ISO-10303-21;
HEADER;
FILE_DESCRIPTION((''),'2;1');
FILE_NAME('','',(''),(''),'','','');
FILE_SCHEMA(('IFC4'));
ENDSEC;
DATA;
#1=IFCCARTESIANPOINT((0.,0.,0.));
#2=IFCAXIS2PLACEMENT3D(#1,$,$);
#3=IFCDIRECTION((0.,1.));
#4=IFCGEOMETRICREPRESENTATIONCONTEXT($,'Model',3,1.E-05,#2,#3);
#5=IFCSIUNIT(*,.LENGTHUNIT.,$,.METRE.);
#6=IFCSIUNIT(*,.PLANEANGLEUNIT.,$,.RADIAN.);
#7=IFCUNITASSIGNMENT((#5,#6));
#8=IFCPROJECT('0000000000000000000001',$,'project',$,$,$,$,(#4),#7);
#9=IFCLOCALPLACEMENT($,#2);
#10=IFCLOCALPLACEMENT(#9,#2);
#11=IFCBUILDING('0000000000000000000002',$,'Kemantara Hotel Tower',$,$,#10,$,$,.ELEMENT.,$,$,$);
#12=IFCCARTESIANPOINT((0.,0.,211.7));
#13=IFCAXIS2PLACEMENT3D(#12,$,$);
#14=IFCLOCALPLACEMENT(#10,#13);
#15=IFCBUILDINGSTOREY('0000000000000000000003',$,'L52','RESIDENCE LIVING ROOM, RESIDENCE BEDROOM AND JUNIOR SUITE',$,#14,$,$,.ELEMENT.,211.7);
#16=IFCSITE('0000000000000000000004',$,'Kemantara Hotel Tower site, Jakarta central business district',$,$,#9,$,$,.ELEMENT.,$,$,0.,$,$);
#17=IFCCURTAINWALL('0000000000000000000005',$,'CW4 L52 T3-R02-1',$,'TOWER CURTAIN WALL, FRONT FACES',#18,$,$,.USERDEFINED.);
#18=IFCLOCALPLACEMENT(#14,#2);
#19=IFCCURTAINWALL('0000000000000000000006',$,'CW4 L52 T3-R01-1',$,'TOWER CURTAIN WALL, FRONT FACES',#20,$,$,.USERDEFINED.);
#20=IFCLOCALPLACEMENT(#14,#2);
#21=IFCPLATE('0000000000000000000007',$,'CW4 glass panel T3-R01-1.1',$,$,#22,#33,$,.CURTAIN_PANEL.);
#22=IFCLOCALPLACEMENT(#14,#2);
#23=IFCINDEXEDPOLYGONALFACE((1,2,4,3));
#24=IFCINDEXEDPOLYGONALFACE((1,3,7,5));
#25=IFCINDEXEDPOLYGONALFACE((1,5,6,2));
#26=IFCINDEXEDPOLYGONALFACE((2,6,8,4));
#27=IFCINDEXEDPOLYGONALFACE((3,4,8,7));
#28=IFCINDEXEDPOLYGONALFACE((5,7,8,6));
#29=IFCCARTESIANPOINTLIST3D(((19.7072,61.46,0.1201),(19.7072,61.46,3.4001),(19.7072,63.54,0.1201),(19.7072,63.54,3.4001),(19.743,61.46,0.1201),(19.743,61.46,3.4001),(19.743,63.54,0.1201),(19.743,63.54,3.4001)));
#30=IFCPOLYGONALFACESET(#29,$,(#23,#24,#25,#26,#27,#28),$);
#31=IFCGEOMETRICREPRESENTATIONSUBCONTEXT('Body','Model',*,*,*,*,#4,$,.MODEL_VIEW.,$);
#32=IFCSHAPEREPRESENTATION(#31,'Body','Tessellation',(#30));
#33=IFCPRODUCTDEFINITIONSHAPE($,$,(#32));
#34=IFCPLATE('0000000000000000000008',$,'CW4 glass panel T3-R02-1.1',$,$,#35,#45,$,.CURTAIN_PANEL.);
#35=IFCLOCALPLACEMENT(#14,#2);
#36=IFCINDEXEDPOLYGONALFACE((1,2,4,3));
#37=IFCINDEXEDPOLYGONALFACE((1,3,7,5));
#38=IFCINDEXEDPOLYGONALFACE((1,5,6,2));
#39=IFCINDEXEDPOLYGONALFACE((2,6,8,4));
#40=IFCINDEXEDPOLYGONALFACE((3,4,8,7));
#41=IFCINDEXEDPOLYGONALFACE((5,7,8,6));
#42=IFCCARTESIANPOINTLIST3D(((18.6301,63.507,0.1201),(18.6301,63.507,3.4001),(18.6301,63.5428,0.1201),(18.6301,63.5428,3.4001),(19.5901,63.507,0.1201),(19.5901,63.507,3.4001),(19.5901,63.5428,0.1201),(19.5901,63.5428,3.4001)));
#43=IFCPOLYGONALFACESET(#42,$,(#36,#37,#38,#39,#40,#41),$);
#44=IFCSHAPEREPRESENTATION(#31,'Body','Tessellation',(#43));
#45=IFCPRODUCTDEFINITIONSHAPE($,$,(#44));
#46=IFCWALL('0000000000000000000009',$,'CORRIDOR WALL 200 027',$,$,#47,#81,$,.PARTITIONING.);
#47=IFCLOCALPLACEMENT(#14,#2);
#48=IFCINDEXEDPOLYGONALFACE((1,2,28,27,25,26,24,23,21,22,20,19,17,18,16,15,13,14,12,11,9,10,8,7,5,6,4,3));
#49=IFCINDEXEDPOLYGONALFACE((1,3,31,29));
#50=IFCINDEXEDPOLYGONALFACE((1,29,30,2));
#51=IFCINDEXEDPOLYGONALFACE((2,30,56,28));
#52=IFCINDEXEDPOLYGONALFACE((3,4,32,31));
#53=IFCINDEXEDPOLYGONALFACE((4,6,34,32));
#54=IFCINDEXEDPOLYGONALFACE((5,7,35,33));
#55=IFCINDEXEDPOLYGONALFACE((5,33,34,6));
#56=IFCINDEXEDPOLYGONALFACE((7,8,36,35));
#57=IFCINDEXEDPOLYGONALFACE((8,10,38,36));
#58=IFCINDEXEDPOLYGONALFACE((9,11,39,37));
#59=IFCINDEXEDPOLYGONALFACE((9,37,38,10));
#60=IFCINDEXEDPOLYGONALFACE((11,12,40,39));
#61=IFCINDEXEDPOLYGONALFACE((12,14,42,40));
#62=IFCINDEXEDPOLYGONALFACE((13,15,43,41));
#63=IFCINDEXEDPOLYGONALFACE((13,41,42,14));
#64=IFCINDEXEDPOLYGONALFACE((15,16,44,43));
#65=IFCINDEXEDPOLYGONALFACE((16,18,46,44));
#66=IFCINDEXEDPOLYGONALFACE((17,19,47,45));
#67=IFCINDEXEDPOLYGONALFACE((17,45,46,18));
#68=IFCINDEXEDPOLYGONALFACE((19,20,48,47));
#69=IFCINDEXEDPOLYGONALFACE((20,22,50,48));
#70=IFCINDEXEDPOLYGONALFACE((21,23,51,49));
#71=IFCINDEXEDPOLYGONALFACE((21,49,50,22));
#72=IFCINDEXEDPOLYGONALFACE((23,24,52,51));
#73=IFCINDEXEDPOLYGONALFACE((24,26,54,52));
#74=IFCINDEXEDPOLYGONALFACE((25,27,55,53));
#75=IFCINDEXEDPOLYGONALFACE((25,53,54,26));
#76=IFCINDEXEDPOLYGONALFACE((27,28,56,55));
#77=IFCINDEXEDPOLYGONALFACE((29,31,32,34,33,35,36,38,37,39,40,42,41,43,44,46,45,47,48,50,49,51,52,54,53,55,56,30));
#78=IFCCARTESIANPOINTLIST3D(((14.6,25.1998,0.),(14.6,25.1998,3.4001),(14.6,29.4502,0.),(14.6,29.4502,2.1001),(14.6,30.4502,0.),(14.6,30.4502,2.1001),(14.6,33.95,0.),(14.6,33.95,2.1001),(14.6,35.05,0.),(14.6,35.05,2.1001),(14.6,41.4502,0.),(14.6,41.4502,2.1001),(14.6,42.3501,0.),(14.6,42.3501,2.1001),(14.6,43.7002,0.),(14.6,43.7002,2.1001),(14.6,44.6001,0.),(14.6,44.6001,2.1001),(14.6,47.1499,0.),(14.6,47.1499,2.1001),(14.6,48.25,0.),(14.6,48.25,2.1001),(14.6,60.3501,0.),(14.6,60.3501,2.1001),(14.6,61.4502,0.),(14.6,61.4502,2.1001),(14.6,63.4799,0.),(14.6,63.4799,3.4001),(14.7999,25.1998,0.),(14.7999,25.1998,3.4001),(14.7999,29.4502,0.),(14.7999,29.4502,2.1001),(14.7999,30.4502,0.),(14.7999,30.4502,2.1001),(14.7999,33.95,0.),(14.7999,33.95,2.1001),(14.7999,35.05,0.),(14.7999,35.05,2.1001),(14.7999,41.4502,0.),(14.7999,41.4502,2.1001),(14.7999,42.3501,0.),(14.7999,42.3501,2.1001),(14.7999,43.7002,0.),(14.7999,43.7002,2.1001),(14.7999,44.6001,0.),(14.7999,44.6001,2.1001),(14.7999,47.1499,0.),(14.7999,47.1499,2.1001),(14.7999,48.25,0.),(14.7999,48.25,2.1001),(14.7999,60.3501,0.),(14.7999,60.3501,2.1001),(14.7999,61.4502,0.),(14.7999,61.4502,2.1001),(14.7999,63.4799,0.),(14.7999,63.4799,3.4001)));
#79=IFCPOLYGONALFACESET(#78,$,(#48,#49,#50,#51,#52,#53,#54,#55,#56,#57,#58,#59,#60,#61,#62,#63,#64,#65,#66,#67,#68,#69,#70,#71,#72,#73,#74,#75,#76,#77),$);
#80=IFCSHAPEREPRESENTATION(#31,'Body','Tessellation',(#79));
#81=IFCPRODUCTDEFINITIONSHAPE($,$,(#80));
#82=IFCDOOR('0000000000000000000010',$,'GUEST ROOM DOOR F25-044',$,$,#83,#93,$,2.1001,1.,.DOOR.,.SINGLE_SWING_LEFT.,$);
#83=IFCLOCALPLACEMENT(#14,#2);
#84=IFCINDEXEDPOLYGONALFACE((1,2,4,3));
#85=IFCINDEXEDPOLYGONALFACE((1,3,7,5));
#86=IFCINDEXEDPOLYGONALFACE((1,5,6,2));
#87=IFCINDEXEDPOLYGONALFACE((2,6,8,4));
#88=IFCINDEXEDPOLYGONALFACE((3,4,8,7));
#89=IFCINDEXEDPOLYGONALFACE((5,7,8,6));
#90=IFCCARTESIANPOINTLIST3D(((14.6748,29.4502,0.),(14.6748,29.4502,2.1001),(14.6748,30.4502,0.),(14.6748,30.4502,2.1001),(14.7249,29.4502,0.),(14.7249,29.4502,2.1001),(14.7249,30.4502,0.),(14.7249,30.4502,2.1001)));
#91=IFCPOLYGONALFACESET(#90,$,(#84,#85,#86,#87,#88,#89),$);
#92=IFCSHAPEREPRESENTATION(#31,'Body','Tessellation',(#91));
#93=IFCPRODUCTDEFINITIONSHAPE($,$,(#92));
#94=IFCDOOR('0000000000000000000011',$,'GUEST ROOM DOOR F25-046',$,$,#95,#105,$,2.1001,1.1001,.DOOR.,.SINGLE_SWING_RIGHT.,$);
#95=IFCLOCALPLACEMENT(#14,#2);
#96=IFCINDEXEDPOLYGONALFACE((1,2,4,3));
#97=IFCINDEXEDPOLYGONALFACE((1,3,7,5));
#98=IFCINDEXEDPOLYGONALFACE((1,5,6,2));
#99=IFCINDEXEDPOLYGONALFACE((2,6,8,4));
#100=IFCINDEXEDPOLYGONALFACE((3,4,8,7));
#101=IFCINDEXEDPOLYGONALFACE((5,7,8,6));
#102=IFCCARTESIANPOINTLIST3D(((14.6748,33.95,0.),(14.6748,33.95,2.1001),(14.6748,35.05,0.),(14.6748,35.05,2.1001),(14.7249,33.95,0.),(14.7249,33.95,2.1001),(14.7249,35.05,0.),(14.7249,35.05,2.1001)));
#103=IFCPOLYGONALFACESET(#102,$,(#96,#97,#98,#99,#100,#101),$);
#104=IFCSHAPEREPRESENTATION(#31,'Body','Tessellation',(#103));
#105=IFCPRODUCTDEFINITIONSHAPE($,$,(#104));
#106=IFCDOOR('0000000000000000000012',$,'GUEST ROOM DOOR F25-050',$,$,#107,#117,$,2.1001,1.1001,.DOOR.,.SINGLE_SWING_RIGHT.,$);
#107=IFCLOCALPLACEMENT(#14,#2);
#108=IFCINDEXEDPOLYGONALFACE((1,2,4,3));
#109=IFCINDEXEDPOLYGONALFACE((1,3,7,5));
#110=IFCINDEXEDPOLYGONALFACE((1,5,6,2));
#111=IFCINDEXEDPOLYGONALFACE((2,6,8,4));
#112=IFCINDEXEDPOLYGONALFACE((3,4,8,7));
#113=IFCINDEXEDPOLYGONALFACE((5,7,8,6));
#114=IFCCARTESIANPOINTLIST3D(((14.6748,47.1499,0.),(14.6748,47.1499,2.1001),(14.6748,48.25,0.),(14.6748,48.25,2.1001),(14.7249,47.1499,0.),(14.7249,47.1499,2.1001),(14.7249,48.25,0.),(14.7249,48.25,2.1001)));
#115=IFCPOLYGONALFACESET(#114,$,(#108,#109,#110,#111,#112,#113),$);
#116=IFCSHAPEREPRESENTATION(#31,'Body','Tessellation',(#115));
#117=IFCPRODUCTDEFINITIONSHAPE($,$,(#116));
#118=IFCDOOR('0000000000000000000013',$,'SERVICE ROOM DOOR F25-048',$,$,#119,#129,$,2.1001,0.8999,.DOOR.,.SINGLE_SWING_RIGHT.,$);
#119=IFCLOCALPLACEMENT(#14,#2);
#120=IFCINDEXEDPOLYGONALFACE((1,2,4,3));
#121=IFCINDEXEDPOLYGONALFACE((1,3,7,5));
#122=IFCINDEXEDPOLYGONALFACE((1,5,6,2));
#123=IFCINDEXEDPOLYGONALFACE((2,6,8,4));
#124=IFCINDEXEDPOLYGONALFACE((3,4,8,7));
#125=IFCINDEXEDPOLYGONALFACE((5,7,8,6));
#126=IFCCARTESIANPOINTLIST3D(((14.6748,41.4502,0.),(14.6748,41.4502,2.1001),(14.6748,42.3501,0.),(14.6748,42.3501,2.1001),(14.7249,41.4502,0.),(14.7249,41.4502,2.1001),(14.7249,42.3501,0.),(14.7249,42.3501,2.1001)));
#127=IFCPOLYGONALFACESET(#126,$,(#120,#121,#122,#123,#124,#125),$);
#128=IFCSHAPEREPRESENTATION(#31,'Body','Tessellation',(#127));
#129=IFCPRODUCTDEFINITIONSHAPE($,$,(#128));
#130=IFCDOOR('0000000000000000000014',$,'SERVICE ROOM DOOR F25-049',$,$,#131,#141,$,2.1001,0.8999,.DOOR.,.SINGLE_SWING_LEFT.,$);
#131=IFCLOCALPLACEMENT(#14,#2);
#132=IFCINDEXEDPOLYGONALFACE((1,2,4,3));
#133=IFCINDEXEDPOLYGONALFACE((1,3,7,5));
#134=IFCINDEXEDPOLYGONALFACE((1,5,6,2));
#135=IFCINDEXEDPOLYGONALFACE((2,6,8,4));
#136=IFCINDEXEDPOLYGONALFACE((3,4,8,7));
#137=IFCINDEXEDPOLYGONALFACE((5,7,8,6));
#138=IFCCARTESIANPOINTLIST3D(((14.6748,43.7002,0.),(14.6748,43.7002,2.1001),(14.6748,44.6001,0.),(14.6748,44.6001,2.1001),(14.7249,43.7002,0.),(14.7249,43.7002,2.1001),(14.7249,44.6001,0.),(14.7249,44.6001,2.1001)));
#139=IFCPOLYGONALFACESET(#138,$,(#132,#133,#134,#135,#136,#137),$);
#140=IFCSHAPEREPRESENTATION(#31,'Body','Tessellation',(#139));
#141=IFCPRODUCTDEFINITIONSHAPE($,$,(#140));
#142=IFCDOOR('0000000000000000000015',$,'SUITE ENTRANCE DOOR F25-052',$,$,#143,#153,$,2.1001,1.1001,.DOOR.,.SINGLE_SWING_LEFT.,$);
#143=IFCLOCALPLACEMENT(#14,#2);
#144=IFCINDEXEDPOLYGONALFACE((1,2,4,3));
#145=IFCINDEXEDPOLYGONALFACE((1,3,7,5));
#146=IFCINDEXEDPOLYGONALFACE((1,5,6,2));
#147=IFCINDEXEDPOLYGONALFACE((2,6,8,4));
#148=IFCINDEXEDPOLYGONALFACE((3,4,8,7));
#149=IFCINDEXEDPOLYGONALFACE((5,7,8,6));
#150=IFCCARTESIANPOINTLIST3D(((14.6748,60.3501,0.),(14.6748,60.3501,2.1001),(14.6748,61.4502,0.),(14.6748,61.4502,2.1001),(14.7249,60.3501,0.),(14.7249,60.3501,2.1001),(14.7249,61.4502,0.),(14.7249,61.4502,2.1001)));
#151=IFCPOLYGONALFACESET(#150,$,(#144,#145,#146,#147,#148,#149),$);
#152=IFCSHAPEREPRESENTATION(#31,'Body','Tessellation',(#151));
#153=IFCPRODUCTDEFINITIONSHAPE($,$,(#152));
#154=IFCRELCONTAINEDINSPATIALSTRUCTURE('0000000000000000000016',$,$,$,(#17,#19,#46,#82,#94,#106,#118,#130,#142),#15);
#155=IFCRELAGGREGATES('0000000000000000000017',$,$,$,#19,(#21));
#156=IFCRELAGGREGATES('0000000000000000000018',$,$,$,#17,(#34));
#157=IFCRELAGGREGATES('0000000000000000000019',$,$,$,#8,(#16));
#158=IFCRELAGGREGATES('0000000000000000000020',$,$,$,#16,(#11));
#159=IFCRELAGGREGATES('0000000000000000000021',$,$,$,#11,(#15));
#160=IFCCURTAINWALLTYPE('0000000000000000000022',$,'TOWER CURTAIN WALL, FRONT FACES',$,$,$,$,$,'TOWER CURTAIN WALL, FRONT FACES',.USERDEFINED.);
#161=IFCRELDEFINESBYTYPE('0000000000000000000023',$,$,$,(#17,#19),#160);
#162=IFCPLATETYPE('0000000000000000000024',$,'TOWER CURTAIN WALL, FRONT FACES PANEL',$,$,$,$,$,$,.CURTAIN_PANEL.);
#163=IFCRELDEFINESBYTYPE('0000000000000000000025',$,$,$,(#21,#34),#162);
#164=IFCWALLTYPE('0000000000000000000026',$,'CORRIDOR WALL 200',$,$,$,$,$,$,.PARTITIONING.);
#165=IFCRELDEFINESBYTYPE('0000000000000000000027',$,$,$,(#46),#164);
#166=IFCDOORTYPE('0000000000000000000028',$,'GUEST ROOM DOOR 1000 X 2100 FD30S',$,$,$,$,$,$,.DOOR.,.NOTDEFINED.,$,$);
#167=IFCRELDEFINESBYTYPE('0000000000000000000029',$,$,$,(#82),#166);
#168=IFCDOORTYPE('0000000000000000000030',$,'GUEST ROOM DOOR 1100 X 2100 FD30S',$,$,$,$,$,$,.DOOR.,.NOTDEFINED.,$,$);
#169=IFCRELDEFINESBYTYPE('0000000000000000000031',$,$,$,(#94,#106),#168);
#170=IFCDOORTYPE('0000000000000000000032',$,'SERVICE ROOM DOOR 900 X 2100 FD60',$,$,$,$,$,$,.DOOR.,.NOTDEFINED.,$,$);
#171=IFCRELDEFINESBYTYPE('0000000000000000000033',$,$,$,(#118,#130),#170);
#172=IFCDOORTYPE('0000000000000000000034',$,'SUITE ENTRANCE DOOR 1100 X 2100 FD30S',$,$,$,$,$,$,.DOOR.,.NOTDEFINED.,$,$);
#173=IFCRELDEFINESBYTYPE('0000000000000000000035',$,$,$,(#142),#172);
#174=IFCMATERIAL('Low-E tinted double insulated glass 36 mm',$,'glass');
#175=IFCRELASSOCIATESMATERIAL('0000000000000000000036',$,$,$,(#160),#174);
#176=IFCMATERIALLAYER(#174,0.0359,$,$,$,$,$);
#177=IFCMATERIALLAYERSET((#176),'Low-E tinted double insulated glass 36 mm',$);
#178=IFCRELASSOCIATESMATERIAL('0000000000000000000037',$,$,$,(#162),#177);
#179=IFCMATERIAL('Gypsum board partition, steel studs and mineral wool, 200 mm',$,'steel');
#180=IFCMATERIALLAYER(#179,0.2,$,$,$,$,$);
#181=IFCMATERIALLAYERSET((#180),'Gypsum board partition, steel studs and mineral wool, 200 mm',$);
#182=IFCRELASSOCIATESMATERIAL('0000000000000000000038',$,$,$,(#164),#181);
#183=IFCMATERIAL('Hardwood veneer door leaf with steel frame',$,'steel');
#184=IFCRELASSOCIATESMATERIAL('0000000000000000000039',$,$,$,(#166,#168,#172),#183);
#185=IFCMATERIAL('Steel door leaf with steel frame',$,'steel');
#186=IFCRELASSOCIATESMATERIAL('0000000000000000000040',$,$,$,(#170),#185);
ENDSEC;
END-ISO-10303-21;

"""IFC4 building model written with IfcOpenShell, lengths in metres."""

from ifc_helpers import new_model, si_unit, direction, frame, frame_2d, origin, origin_2d, place, context, subcontext, project, spatial, rectangle, extrude, source, transform, mapped, material, layer, layer_set, type_object, element, fill, aggregate, save


model = new_model("IFC4")

# Units and contexts
model_context = context("Model", 3, precision=1e-05, world=origin(), true_north=direction((0.0, 1.0)))
body_context = subcontext(model_context, "Body", "Model", "MODEL_VIEW")
ifc_project = project(units=[si_unit("LENGTHUNIT", "METRE"), si_unit("PLANEANGLEUNIT", "RADIAN")], contexts=[model_context])

# Site, building, storey
site_placement = place(None, origin())
site = spatial("IfcSite", under=ifc_project, at=site_placement, Name="Kemantara Hotel Tower site, Jakarta central business district", CompositionType="ELEMENT", RefElevation=0.0)
building_placement = place(site_placement, origin())
building = spatial("IfcBuilding", under=site, at=building_placement, Name="Kemantara Hotel Tower", CompositionType="ELEMENT")
storey_placement = place(building_placement, frame((0.0, 0.0, 211.7)))
storey = spatial("IfcBuildingStorey", under=building, at=storey_placement, Name="L52", Description="RESIDENCE LIVING ROOM, RESIDENCE BEDROOM AND JUNIOR SUITE", CompositionType="ELEMENT", Elevation=211.7)

# Curtain walls
ifc_material_1 = material(Name="Low-E tinted double insulated glass 36 mm", Category="glass")
curtain_wall_type = type_object("IfcCurtainWallType", Name="TOWER CURTAIN WALL, FRONT FACES", ElementType="TOWER CURTAIN WALL, FRONT FACES", PredefinedType="USERDEFINED", material=ifc_material_1)
curtain_wall_1_placement = place(storey_placement, origin())
curtain_wall_1 = element("IfcCurtainWall", 1, at=curtain_wall_1_placement, inside=storey, type_object=curtain_wall_type, Name="CW4 L52 T3-R02-1", ObjectType="TOWER CURTAIN WALL, FRONT FACES", PredefinedType="USERDEFINED")
curtain_wall_2_placement = place(storey_placement, origin())
curtain_wall_2 = element("IfcCurtainWall", 2, at=curtain_wall_2_placement, inside=storey, type_object=curtain_wall_type, Name="CW4 L52 T3-R01-1", ObjectType="TOWER CURTAIN WALL, FRONT FACES", PredefinedType="USERDEFINED")

# Plates
ifc_layer_1 = layer(ifc_material_1, 0.0359)
ifc_layer_set_1 = layer_set([ifc_layer_1], Name="Low-E tinted double insulated glass 36 mm")
plate_type = type_object("IfcPlateType", Name="TOWER CURTAIN WALL, FRONT FACES PANEL", PredefinedType="CURTAIN_PANEL", material=ifc_layer_set_1)
shared_shape_1 = source(origin(), body_context, "Body", "SweptSolid", [
    extrude(rectangle(XDim=2.0801, YDim=0.0359, at=origin_2d()), origin(), (0.0, 0.0, 1.0), 3.28),
])
plate_1_placement = place(storey_placement, frame((19.7251, 62.5, 0.1201), z_axis=(0.0, 0.0, 1.0), x_axis=(0.0, 1.0, 0.0)))
plate_1 = element("IfcPlate", 3, at=plate_1_placement, type_object=plate_type, Name="CW4 glass panel T3-R01-1.1", PredefinedType="CURTAIN_PANEL", context=body_context, shape_type="MappedRepresentation", body=[
    mapped(shared_shape_1, transform((0.0, 0.0, 0.0))),
])
aggregate(curtain_wall_2, [plate_1])
shared_shape_2 = source(origin(), body_context, "Body", "SweptSolid", [
    extrude(rectangle(XDim=0.96, YDim=0.0359, at=origin_2d()), origin(), (0.0, 0.0, 1.0), 3.28),
])
plate_2_placement = place(storey_placement, frame((19.1101, 63.5249, 0.1201), z_axis=(0.0, 0.0, 1.0), x_axis=(-1.0, 0.0, 0.0)))
plate_2 = element("IfcPlate", 4, at=plate_2_placement, type_object=plate_type, Name="CW4 glass panel T3-R02-1.1", PredefinedType="CURTAIN_PANEL", context=body_context, shape_type="MappedRepresentation", body=[
    mapped(shared_shape_2, transform((0.0, 0.0, 0.0))),
])
aggregate(curtain_wall_1, [plate_2])

# Wall, openings, doors
ifc_material_2 = material(Name="Gypsum board partition, steel studs and mineral wool, 200 mm", Category="steel")
ifc_layer_2 = layer(ifc_material_2, 0.2)
ifc_layer_set_2 = layer_set([ifc_layer_2], Name="Gypsum board partition, steel studs and mineral wool, 200 mm")
wall_type = type_object("IfcWallType", Name="CORRIDOR WALL 200", PredefinedType="PARTITIONING", material=ifc_layer_set_2)
wall_placement = place(storey_placement, frame((14.7, 63.48, 0.0), z_axis=(0.0, 0.0, 1.0), x_axis=(0.0, -1.0, 0.0)))
wall = element("IfcWall", 5, at=wall_placement, inside=storey, type_object=wall_type, Name="CORRIDOR WALL 200 027", PredefinedType="PARTITIONING", context=body_context, shape_type="SweptSolid", body=[
    extrude(rectangle(XDim=38.28, YDim=0.2, at=frame_2d((19.1401, 0.0))), origin(), (0.0, 0.0, 1.0), 3.4001),
])
opening_1_placement = place(wall_placement, frame((33.0298, 0.0, 0.0)))
opening_1 = element("IfcOpeningElement", 6, at=opening_1_placement, cuts=wall, PredefinedType="OPENING", context=body_context, shape_type="SweptSolid", body=[
    extrude(rectangle(XDim=1.0, YDim=2.1001, at=frame_2d((0.5, 1.05))), frame((0.0, 0.1099, 0.0), z_axis=(0.0, -1.0, 0.0), x_axis=(1.0, 0.0, 0.0)), (0.0, 0.0, 1.0), 0.22),
])
opening_2_placement = place(wall_placement, frame((28.4299, 0.0, 0.0)))
opening_2 = element("IfcOpeningElement", 7, at=opening_2_placement, cuts=wall, PredefinedType="OPENING", context=body_context, shape_type="SweptSolid", body=[
    extrude(rectangle(XDim=1.1001, YDim=2.1001, at=frame_2d((0.55, 1.05))), frame((0.0, 0.1099, 0.0), z_axis=(0.0, -1.0, 0.0), x_axis=(1.0, 0.0, 0.0)), (0.0, 0.0, 1.0), 0.22),
])
opening_3_placement = place(wall_placement, frame((21.1299, 0.0, 0.0)))
opening_3 = element("IfcOpeningElement", 8, at=opening_3_placement, cuts=wall, PredefinedType="OPENING", context=body_context, shape_type="SweptSolid", body=[
    extrude(rectangle(XDim=0.8999, YDim=2.1001, at=frame_2d((0.45, 1.05))), frame((0.0, 0.1099, 0.0), z_axis=(0.0, -1.0, 0.0), x_axis=(1.0, 0.0, 0.0)), (0.0, 0.0, 1.0), 0.22),
])
opening_4_placement = place(wall_placement, frame((18.8799, 0.0, 0.0)))
opening_4 = element("IfcOpeningElement", 9, at=opening_4_placement, cuts=wall, PredefinedType="OPENING", context=body_context, shape_type="SweptSolid", body=[
    extrude(rectangle(XDim=0.8999, YDim=2.1001, at=frame_2d((0.45, 1.05))), frame((0.0, 0.1099, 0.0), z_axis=(0.0, -1.0, 0.0), x_axis=(1.0, 0.0, 0.0)), (0.0, 0.0, 1.0), 0.22),
])
opening_5_placement = place(wall_placement, frame((15.23, 0.0, 0.0)))
opening_5 = element("IfcOpeningElement", 10, at=opening_5_placement, cuts=wall, PredefinedType="OPENING", context=body_context, shape_type="SweptSolid", body=[
    extrude(rectangle(XDim=1.1001, YDim=2.1001, at=frame_2d((0.55, 1.05))), frame((0.0, 0.1099, 0.0), z_axis=(0.0, -1.0, 0.0), x_axis=(1.0, 0.0, 0.0)), (0.0, 0.0, 1.0), 0.22),
])
opening_6_placement = place(wall_placement, frame((2.0298, 0.0, 0.0)))
opening_6 = element("IfcOpeningElement", 11, at=opening_6_placement, cuts=wall, PredefinedType="OPENING", context=body_context, shape_type="SweptSolid", body=[
    extrude(rectangle(XDim=1.1001, YDim=2.1001, at=frame_2d((0.55, 1.05))), frame((0.0, 0.1099, 0.0), z_axis=(0.0, -1.0, 0.0), x_axis=(1.0, 0.0, 0.0)), (0.0, 0.0, 1.0), 0.22),
])
ifc_material_3 = material(Name="Hardwood veneer door leaf with steel frame", Category="steel")
door_type_1 = type_object("IfcDoorType", Name="GUEST ROOM DOOR 1000 X 2100 FD30S", OperationType="NOTDEFINED", PredefinedType="DOOR", material=ifc_material_3)
door_1_placement = place(opening_1_placement, origin())
door_1 = element("IfcDoor", 12, at=door_1_placement, inside=storey, type_object=door_type_1, Name="GUEST ROOM DOOR F25-044", OperationType="SINGLE_SWING_LEFT", OverallHeight=2.1001, OverallWidth=1.0, PredefinedType="DOOR", context=body_context, shape_type="SweptSolid", body=[
    extrude(rectangle(XDim=1.0, YDim=2.1001, at=frame_2d((0.5, 1.05))), frame((0.0, 0.0249, 0.0), z_axis=(0.0, -1.0, 0.0), x_axis=(1.0, 0.0, 0.0)), (0.0, 0.0, 1.0), 0.05),
])
fill(opening_1, door_1)
door_type_2 = type_object("IfcDoorType", Name="GUEST ROOM DOOR 1100 X 2100 FD30S", OperationType="NOTDEFINED", PredefinedType="DOOR", material=ifc_material_3)
door_2_placement = place(opening_2_placement, origin())
door_2 = element("IfcDoor", 13, at=door_2_placement, inside=storey, type_object=door_type_2, Name="GUEST ROOM DOOR F25-046", OperationType="SINGLE_SWING_RIGHT", OverallHeight=2.1001, OverallWidth=1.1001, PredefinedType="DOOR", context=body_context, shape_type="SweptSolid", body=[
    extrude(rectangle(XDim=1.1001, YDim=2.1001, at=frame_2d((0.55, 1.05))), frame((0.0, 0.0249, 0.0), z_axis=(0.0, -1.0, 0.0), x_axis=(1.0, 0.0, 0.0)), (0.0, 0.0, 1.0), 0.05),
])
fill(opening_2, door_2)
door_3_placement = place(opening_5_placement, origin())
door_3 = element("IfcDoor", 14, at=door_3_placement, inside=storey, type_object=door_type_2, Name="GUEST ROOM DOOR F25-050", OperationType="SINGLE_SWING_RIGHT", OverallHeight=2.1001, OverallWidth=1.1001, PredefinedType="DOOR", context=body_context, shape_type="SweptSolid", body=[
    extrude(rectangle(XDim=1.1001, YDim=2.1001, at=frame_2d((0.55, 1.05))), frame((0.0, 0.0249, 0.0), z_axis=(0.0, -1.0, 0.0), x_axis=(1.0, 0.0, 0.0)), (0.0, 0.0, 1.0), 0.05),
])
fill(opening_5, door_3)
ifc_material_4 = material(Name="Steel door leaf with steel frame", Category="steel")
door_type_3 = type_object("IfcDoorType", Name="SERVICE ROOM DOOR 900 X 2100 FD60", OperationType="NOTDEFINED", PredefinedType="DOOR", material=ifc_material_4)
door_4_placement = place(opening_3_placement, origin())
door_4 = element("IfcDoor", 15, at=door_4_placement, inside=storey, type_object=door_type_3, Name="SERVICE ROOM DOOR F25-048", OperationType="SINGLE_SWING_RIGHT", OverallHeight=2.1001, OverallWidth=0.8999, PredefinedType="DOOR", context=body_context, shape_type="SweptSolid", body=[
    extrude(rectangle(XDim=0.8999, YDim=2.1001, at=frame_2d((0.45, 1.05))), frame((0.0, 0.0249, 0.0), z_axis=(0.0, -1.0, 0.0), x_axis=(1.0, 0.0, 0.0)), (0.0, 0.0, 1.0), 0.05),
])
fill(opening_3, door_4)
door_5_placement = place(opening_4_placement, origin())
door_5 = element("IfcDoor", 16, at=door_5_placement, inside=storey, type_object=door_type_3, Name="SERVICE ROOM DOOR F25-049", OperationType="SINGLE_SWING_LEFT", OverallHeight=2.1001, OverallWidth=0.8999, PredefinedType="DOOR", context=body_context, shape_type="SweptSolid", body=[
    extrude(rectangle(XDim=0.8999, YDim=2.1001, at=frame_2d((0.45, 1.05))), frame((0.0, 0.0249, 0.0), z_axis=(0.0, -1.0, 0.0), x_axis=(1.0, 0.0, 0.0)), (0.0, 0.0, 1.0), 0.05),
])
fill(opening_4, door_5)
door_type_4 = type_object("IfcDoorType", Name="SUITE ENTRANCE DOOR 1100 X 2100 FD30S", OperationType="NOTDEFINED", PredefinedType="DOOR", material=ifc_material_3)
door_6_placement = place(opening_6_placement, origin())
door_6 = element("IfcDoor", 17, at=door_6_placement, inside=storey, type_object=door_type_4, Name="SUITE ENTRANCE DOOR F25-052", OperationType="SINGLE_SWING_LEFT", OverallHeight=2.1001, OverallWidth=1.1001, PredefinedType="DOOR", context=body_context, shape_type="SweptSolid", body=[
    extrude(rectangle(XDim=1.1001, YDim=2.1001, at=frame_2d((0.55, 1.05))), frame((0.0, 0.0249, 0.0), z_axis=(0.0, -1.0, 0.0), x_axis=(1.0, 0.0, 0.0)), (0.0, 0.0, 1.0), 0.05),
])
fill(opening_6, door_6)

save(model, "model.ifc")
